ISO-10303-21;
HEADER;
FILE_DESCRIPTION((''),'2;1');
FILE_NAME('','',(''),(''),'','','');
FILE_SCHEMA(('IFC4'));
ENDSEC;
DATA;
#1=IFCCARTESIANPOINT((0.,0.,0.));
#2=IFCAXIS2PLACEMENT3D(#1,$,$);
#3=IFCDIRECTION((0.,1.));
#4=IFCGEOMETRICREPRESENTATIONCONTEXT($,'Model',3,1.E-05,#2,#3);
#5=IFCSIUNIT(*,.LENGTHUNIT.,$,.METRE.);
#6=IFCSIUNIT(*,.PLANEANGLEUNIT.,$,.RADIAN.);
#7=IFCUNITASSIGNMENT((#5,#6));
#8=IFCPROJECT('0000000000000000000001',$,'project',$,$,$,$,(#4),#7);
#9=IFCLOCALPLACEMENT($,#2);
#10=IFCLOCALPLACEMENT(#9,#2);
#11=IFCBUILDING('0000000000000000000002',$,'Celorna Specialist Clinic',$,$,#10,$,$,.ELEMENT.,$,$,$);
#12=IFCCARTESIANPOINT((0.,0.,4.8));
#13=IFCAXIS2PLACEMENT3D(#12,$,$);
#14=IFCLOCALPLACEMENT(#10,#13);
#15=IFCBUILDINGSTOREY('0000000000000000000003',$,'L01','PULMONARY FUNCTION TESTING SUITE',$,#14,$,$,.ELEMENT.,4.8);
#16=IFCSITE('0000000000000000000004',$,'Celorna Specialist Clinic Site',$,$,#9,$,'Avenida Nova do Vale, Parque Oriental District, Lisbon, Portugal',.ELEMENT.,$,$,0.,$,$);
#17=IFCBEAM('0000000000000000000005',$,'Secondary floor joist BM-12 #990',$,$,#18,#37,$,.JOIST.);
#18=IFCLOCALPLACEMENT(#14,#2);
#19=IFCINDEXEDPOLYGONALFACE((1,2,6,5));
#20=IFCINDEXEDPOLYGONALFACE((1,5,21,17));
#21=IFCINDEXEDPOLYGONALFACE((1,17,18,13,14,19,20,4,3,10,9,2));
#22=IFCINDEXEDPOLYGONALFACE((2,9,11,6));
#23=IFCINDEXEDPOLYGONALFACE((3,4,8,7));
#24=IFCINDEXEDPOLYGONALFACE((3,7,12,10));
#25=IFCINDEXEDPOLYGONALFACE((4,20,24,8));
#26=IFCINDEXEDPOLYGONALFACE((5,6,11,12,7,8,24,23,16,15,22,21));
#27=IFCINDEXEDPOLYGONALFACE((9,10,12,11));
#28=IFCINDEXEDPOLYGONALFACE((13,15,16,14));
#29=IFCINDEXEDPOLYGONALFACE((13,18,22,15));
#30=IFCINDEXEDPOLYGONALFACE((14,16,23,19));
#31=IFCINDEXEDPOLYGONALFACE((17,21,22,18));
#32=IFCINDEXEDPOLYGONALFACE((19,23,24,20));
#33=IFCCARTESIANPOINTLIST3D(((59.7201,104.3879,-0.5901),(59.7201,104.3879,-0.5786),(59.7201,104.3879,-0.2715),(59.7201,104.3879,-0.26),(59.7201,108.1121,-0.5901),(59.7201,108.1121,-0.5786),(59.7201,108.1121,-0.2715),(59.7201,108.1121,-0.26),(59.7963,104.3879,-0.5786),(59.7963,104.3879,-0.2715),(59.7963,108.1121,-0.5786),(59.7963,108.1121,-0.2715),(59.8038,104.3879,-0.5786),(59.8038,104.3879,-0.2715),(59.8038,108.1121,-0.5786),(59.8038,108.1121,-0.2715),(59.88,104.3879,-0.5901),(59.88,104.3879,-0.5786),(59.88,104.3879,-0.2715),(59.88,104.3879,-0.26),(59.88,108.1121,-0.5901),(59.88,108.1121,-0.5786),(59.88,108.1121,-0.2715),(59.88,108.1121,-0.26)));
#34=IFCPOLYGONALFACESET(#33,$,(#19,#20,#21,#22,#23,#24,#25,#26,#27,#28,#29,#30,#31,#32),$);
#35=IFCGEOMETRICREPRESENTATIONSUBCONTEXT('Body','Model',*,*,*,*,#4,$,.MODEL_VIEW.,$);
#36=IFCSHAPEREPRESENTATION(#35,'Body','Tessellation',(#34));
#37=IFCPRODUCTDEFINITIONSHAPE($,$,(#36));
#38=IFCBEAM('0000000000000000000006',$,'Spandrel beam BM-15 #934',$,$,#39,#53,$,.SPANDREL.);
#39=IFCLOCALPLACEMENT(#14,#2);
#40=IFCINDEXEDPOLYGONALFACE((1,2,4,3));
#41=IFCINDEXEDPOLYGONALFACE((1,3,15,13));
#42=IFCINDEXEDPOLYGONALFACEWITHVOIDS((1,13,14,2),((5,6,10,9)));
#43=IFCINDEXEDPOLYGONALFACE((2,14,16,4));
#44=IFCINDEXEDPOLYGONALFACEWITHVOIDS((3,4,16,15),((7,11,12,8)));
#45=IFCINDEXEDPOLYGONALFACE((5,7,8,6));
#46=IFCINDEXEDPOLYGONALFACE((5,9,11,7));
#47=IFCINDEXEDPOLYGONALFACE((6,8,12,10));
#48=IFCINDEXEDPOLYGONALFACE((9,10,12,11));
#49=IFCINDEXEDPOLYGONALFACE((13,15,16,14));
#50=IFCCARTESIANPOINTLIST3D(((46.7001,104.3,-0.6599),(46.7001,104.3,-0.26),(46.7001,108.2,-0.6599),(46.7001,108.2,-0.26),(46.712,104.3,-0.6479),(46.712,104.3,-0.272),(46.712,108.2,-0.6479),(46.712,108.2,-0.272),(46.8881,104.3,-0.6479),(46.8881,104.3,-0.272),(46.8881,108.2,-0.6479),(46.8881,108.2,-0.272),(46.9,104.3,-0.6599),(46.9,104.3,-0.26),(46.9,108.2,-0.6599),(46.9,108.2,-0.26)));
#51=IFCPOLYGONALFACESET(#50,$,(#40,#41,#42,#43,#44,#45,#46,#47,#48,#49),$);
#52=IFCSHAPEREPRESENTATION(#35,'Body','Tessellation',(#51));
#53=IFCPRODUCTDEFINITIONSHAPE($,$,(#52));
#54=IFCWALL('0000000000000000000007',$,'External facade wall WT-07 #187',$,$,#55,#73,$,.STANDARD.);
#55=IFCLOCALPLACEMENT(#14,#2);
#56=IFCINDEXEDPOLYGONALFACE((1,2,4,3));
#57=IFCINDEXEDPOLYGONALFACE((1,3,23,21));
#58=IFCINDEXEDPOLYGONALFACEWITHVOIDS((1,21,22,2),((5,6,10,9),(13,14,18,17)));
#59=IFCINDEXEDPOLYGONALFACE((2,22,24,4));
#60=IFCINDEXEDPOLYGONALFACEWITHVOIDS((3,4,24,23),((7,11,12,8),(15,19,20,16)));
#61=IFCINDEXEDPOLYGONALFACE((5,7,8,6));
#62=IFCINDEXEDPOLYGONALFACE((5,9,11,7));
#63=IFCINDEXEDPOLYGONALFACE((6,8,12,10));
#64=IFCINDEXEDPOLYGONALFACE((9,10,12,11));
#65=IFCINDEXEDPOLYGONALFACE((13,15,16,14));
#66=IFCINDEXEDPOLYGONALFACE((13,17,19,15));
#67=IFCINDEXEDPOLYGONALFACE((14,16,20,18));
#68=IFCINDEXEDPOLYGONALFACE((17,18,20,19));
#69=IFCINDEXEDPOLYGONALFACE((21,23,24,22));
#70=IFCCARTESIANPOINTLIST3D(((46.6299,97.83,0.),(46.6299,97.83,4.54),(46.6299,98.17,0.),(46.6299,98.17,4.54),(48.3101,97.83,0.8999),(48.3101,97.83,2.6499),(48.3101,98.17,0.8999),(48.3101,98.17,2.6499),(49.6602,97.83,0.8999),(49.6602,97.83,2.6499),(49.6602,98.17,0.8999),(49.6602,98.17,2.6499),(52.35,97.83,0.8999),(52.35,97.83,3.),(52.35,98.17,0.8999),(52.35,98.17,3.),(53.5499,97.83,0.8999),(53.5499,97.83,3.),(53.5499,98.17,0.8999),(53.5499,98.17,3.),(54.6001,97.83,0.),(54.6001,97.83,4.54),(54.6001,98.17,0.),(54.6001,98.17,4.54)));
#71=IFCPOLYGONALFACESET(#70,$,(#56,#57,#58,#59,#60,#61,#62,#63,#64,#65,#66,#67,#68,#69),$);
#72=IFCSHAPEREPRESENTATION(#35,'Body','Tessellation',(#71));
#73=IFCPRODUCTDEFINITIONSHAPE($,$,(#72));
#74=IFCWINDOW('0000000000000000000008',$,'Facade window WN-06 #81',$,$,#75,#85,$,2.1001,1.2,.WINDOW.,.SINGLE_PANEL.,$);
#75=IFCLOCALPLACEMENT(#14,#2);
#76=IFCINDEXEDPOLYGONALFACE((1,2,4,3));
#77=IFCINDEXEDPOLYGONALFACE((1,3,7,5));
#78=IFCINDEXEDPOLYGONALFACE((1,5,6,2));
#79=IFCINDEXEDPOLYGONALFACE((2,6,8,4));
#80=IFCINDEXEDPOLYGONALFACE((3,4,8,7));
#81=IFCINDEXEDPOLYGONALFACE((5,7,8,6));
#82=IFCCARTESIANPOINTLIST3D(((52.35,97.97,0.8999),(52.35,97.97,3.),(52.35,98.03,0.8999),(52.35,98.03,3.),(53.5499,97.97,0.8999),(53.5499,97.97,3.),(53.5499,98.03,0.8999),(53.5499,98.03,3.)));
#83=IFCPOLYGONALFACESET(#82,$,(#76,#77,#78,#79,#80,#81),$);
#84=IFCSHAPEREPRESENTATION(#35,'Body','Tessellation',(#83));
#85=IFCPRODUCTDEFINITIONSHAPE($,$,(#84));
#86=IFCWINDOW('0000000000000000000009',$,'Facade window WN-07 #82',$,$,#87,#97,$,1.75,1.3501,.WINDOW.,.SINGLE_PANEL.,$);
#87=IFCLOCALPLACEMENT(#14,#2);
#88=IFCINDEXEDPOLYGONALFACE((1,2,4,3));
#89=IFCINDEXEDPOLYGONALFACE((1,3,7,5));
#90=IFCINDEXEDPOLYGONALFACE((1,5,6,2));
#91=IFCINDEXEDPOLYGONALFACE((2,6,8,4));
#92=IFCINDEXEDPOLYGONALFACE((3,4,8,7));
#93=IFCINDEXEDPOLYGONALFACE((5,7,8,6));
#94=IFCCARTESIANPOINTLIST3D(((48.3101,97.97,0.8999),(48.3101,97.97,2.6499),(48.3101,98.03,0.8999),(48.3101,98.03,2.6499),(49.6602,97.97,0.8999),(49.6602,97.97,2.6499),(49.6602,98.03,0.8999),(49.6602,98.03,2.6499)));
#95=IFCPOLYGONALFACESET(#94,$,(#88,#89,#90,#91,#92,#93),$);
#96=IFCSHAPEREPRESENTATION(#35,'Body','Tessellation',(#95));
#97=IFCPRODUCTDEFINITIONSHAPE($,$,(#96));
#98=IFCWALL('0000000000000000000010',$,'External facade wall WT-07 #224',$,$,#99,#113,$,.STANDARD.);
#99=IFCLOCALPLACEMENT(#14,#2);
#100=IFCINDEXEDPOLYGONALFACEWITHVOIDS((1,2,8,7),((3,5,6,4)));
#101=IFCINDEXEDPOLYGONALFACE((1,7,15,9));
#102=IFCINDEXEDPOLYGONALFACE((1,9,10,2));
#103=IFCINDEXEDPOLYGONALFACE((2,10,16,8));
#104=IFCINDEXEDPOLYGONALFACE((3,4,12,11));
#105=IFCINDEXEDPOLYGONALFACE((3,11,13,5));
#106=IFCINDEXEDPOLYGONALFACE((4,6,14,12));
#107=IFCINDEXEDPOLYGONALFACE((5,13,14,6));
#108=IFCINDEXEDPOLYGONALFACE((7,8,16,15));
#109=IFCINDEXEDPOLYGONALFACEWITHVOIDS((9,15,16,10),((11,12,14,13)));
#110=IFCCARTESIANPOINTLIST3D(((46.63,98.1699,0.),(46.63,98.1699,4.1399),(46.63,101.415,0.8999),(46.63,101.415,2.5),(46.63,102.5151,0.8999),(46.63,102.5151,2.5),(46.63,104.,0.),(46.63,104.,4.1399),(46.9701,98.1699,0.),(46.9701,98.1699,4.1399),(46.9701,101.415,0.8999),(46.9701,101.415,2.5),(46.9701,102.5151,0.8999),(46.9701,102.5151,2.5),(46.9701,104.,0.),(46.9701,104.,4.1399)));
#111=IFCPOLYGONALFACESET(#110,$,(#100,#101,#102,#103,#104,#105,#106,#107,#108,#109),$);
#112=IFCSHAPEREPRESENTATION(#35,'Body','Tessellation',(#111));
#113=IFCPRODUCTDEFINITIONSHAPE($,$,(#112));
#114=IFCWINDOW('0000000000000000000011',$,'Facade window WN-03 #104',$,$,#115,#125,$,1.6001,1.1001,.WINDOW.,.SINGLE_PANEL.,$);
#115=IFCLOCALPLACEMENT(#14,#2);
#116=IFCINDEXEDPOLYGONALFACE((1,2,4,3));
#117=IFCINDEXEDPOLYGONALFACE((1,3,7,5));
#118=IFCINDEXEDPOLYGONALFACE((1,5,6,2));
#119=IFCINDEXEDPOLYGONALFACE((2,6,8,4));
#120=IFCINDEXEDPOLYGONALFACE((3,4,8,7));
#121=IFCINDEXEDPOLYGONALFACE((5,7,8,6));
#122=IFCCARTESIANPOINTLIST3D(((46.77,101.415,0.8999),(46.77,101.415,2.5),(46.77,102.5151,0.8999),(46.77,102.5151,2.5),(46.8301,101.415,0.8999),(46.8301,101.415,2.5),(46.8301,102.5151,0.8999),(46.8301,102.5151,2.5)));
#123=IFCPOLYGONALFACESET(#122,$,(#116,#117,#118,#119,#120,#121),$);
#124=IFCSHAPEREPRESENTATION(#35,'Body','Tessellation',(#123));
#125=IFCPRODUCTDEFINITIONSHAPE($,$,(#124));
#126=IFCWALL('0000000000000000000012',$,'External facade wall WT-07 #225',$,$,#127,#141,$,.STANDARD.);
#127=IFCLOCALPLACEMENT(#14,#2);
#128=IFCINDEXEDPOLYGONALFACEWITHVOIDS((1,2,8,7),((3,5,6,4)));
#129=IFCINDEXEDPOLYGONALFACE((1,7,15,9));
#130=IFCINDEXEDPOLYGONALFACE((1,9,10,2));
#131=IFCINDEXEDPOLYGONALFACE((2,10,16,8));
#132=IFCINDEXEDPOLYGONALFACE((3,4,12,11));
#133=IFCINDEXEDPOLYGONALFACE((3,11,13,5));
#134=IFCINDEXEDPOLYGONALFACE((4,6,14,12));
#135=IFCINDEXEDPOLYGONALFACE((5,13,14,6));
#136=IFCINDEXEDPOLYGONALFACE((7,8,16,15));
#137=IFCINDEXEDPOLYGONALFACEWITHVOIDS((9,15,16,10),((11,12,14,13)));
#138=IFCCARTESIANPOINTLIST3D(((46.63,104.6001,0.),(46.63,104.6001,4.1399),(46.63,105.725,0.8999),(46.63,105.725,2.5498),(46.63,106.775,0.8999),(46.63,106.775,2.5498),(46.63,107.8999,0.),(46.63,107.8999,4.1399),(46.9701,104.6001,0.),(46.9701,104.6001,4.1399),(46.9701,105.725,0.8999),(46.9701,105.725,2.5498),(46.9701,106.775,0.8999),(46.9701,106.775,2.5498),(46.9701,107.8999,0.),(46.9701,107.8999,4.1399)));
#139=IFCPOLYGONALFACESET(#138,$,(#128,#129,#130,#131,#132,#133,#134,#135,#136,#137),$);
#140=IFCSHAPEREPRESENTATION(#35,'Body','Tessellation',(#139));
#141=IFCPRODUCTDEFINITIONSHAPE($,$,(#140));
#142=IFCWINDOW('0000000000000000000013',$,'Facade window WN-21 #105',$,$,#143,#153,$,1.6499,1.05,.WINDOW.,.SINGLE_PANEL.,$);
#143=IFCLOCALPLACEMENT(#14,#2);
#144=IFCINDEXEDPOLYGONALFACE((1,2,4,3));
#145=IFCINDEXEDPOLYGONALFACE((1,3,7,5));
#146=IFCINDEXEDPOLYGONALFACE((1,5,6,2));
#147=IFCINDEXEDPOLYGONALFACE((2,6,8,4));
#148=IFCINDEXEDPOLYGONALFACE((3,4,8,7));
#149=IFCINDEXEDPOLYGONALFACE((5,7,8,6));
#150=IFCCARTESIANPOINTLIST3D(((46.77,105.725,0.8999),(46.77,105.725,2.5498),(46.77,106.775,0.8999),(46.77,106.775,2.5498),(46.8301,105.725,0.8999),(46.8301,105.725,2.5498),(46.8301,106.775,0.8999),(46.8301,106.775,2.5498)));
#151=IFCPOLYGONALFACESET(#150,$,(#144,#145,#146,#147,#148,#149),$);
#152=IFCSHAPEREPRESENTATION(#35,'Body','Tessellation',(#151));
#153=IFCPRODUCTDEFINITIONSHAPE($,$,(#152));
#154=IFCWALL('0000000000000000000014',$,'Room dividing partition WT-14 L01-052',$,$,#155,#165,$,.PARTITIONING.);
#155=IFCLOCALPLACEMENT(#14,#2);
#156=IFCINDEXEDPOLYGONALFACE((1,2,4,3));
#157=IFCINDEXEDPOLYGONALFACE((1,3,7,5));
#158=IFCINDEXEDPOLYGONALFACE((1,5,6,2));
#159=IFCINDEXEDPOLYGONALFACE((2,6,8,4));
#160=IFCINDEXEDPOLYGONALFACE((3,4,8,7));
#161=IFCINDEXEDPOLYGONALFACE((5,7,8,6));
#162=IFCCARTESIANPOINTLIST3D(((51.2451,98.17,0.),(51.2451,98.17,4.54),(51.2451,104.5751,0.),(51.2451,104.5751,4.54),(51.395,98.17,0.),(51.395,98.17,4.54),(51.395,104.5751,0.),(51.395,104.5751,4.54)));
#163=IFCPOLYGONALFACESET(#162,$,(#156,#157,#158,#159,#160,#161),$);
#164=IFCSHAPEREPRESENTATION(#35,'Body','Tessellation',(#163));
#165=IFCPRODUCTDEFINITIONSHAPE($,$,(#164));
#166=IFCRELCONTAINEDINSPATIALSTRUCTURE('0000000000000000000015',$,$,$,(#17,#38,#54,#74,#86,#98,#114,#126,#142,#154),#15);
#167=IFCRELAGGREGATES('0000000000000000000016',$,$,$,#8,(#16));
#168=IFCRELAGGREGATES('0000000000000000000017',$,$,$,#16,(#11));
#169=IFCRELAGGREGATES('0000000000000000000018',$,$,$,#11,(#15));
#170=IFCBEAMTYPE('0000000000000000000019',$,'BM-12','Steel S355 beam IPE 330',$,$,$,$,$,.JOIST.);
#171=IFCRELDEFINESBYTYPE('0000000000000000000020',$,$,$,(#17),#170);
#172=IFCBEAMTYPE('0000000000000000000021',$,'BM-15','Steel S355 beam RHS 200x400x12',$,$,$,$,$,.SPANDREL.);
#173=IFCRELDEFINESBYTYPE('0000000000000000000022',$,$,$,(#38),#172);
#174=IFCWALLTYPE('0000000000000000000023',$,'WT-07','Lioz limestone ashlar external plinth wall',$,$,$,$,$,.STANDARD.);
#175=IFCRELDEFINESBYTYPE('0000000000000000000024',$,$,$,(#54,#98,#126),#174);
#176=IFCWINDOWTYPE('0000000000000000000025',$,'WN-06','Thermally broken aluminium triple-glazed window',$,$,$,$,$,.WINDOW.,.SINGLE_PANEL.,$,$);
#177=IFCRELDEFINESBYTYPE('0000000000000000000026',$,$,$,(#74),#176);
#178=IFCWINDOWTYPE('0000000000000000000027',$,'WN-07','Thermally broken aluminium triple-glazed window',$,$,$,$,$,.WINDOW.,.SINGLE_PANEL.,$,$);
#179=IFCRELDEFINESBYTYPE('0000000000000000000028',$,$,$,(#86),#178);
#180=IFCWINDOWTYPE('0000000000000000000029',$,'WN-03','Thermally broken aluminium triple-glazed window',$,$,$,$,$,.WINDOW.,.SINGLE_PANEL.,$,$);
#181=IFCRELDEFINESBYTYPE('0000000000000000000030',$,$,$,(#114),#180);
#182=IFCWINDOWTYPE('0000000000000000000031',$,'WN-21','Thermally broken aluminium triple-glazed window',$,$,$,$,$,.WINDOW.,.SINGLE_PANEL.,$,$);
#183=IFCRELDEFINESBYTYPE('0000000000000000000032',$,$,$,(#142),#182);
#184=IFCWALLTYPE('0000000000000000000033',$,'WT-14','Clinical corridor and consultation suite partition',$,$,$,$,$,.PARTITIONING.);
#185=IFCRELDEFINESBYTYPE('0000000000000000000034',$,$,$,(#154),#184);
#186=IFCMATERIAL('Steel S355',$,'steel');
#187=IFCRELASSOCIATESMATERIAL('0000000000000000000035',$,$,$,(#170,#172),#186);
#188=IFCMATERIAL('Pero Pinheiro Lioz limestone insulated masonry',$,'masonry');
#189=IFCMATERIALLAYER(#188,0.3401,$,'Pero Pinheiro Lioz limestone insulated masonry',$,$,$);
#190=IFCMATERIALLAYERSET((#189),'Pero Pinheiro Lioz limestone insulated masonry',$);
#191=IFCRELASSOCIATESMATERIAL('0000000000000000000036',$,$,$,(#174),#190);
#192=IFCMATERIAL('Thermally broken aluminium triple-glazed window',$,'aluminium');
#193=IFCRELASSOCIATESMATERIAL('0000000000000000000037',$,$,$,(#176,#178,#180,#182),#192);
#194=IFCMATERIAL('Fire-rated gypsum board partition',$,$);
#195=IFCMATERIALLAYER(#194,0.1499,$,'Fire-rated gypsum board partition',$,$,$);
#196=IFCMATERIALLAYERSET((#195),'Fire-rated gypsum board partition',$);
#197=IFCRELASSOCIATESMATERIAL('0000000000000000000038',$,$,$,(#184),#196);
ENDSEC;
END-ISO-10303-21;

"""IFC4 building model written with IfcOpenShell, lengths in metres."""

from ifc_helpers import new_model, si_unit, direction, frame, frame_2d, origin, origin_2d, place, context, subcontext, project, spatial, rectangle, hollow_rectangle, i_section, extrude, material, layer, layer_set, material_profile, profile_set, type_object, element, fill, save


model = new_model("IFC4")

# Units and contexts
model_context = context("Model", 3, precision=1e-05, world=origin(), true_north=direction((0.0, 1.0)))
body_context = subcontext(model_context, "Body", "Model", "MODEL_VIEW")
ifc_project = project(units=[si_unit("LENGTHUNIT", "METRE"), si_unit("PLANEANGLEUNIT", "RADIAN")], contexts=[model_context])

# Site, building, storey
site_placement = place(None, origin())
site = spatial("IfcSite", under=ifc_project, at=site_placement, Name="Celorna Specialist Clinic Site", LongName="Avenida Nova do Vale, Parque Oriental District, Lisbon, Portugal", CompositionType="ELEMENT", RefElevation=0.0)
building_placement = place(site_placement, origin())
building = spatial("IfcBuilding", under=site, at=building_placement, Name="Celorna Specialist Clinic", CompositionType="ELEMENT")
storey_placement = place(building_placement, frame((0.0, 0.0, 4.8)))
storey = spatial("IfcBuildingStorey", under=building, at=storey_placement, Name="L01", Description="PULMONARY FUNCTION TESTING SUITE", CompositionType="ELEMENT", Elevation=4.8)

# Beams
ifc_material_1 = material(Name="Steel S355", Category="steel")
ifc_material_profile_1 = material_profile(ifc_material_1, i_section(OverallWidth=0.1599, OverallDepth=0.3301, WebThickness=0.0076, FlangeThickness=0.0115, at=origin_2d()), Name="IPE 330")
ifc_profile_set_1 = profile_set([ifc_material_profile_1], Name="Steel S355")
beam_type_1 = type_object("IfcBeamType", Name="BM-12", Description="Steel S355 beam IPE 330", PredefinedType="JOIST", material=ifc_profile_set_1)
for number, where, z_axis, x_axis, name in (
    (1, (59.8, 104.3879, -0.425), (0.0, 1.0, 0.0), (-1.0, 0.0, 0.0), "Secondary floor joist BM-12 #990"),
):
    element("IfcBeam", number, at=place(storey_placement, frame(where, z_axis=z_axis, x_axis=x_axis)), inside=storey, type_object=beam_type_1, Name=name, PredefinedType="JOIST", context=body_context, shape_type="SweptSolid", body=[
        extrude(i_section(OverallWidth=0.1599, OverallDepth=0.3301, WebThickness=0.0076, FlangeThickness=0.0115, at=origin_2d()), origin(), (0.0, 0.0, 1.0), 3.7241),
    ])
ifc_material_profile_2 = material_profile(ifc_material_1, hollow_rectangle(XDim=0.2, YDim=0.3999, WallThickness=0.012, at=origin_2d()), Name="RHS 200x400x12")
ifc_profile_set_2 = profile_set([ifc_material_profile_2], Name="Steel S355")
beam_type_2 = type_object("IfcBeamType", Name="BM-15", Description="Steel S355 beam RHS 200x400x12", PredefinedType="SPANDREL", material=ifc_profile_set_2)
beam_1_placement = place(storey_placement, frame((46.8, 104.3, -0.46), z_axis=(0.0, 1.0, 0.0), x_axis=(-1.0, 0.0, 0.0)))
element("IfcBeam", 2, at=beam_1_placement, inside=storey, type_object=beam_type_2, Name="Spandrel beam BM-15 #934", PredefinedType="SPANDREL", context=body_context, shape_type="SweptSolid", body=[
    extrude(hollow_rectangle(XDim=0.2, YDim=0.3999, WallThickness=0.012, at=origin_2d()), origin(), (0.0, 0.0, 1.0), 3.8999),
])

# Wall, openings, windows
ifc_material_2 = material(Name="Pero Pinheiro Lioz limestone insulated masonry", Category="masonry")
ifc_layer_1 = layer(ifc_material_2, 0.3401, Name="Pero Pinheiro Lioz limestone insulated masonry")
ifc_layer_set_1 = layer_set([ifc_layer_1], Name="Pero Pinheiro Lioz limestone insulated masonry")
wall_type_1 = type_object("IfcWallType", Name="WT-07", Description="Lioz limestone ashlar external plinth wall", PredefinedType="STANDARD", material=ifc_layer_set_1)
wall_1_placement = place(storey_placement, frame((54.6001, 98.0, 0.0), z_axis=(0.0, 0.0, 1.0), x_axis=(-1.0, 0.0, 0.0)))
wall_1 = element("IfcWall", 3, at=wall_1_placement, inside=storey, type_object=wall_type_1, Name="External facade wall WT-07 #187", PredefinedType="STANDARD", context=body_context, shape_type="SweptSolid", body=[
    extrude(rectangle(XDim=7.9702, YDim=0.3401, at=frame_2d((3.9851, 0.0))), origin(), (0.0, 0.0, 1.0), 4.54),
])
opening_1_placement = place(wall_1_placement, frame((1.05, 0.0, 0.8999)))
opening_1 = element("IfcOpeningElement", 4, at=opening_1_placement, cuts=wall_1, PredefinedType="OPENING", context=body_context, shape_type="SweptSolid", body=[
    extrude(rectangle(XDim=1.2, YDim=2.1001, at=frame_2d((0.6001, 1.05))), frame((0.0, 0.1799, 0.0), z_axis=(0.0, -1.0, 0.0), x_axis=(1.0, 0.0, 0.0)), (0.0, 0.0, 1.0), 0.3601),
])
opening_2_placement = place(wall_1_placement, frame((4.9399, 0.0, 0.8999)))
opening_2 = element("IfcOpeningElement", 5, at=opening_2_placement, cuts=wall_1, PredefinedType="OPENING", context=body_context, shape_type="SweptSolid", body=[
    extrude(rectangle(XDim=1.3501, YDim=1.75, at=frame_2d((0.675, 0.875))), frame((0.0, 0.1799, 0.0), z_axis=(0.0, -1.0, 0.0), x_axis=(1.0, 0.0, 0.0)), (0.0, 0.0, 1.0), 0.3601),
])
ifc_material_3 = material(Name="Thermally broken aluminium triple-glazed window", Category="aluminium")
window_type_1 = type_object("IfcWindowType", Name="WN-06", Description="Thermally broken aluminium triple-glazed window", PartitioningType="SINGLE_PANEL", PredefinedType="WINDOW", material=ifc_material_3)
window_1_placement = place(opening_1_placement, origin())
window_1 = element("IfcWindow", 6, at=window_1_placement, inside=storey, type_object=window_type_1, Name="Facade window WN-06 #81", OverallHeight=2.1001, OverallWidth=1.2, PartitioningType="SINGLE_PANEL", PredefinedType="WINDOW", context=body_context, shape_type="SweptSolid", body=[
    extrude(rectangle(XDim=1.2, YDim=2.1001, at=frame_2d((0.6001, 1.05))), frame((0.0, 0.03, 0.0), z_axis=(0.0, -1.0, 0.0), x_axis=(1.0, 0.0, 0.0)), (0.0, 0.0, 1.0), 0.0601),
])
fill(opening_1, window_1)
window_type_2 = type_object("IfcWindowType", Name="WN-07", Description="Thermally broken aluminium triple-glazed window", PartitioningType="SINGLE_PANEL", PredefinedType="WINDOW", material=ifc_material_3)
window_2_placement = place(opening_2_placement, origin())
window_2 = element("IfcWindow", 7, at=window_2_placement, inside=storey, type_object=window_type_2, Name="Facade window WN-07 #82", OverallHeight=1.75, OverallWidth=1.3501, PartitioningType="SINGLE_PANEL", PredefinedType="WINDOW", context=body_context, shape_type="SweptSolid", body=[
    extrude(rectangle(XDim=1.3501, YDim=1.75, at=frame_2d((0.675, 0.875))), frame((0.0, 0.03, 0.0), z_axis=(0.0, -1.0, 0.0), x_axis=(1.0, 0.0, 0.0)), (0.0, 0.0, 1.0), 0.0601),
])
fill(opening_2, window_2)

# Walls, openings, windows
wall_2_placement = place(storey_placement, frame((46.8, 98.1699, 0.0), z_axis=(0.0, 0.0, 1.0), x_axis=(0.0, 1.0, 0.0)))
wall_2 = element("IfcWall", 8, at=wall_2_placement, inside=storey, type_object=wall_type_1, Name="External facade wall WT-07 #224", PredefinedType="STANDARD", context=body_context, shape_type="SweptSolid", body=[
    extrude(rectangle(XDim=5.8301, YDim=0.3401, at=frame_2d((2.915, 0.0))), origin(), (0.0, 0.0, 1.0), 4.1399),
])
opening_3_placement = place(wall_2_placement, frame((3.2451, 0.0, 0.8999)))
opening_3 = element("IfcOpeningElement", 9, at=opening_3_placement, cuts=wall_2, PredefinedType="OPENING", context=body_context, shape_type="SweptSolid", body=[
    extrude(rectangle(XDim=1.1001, YDim=1.6001, at=frame_2d((0.55, 0.8))), frame((0.0, 0.1799, 0.0), z_axis=(0.0, -1.0, 0.0), x_axis=(1.0, 0.0, 0.0)), (0.0, 0.0, 1.0), 0.3601),
])
window_type_3 = type_object("IfcWindowType", Name="WN-03", Description="Thermally broken aluminium triple-glazed window", PartitioningType="SINGLE_PANEL", PredefinedType="WINDOW", material=ifc_material_3)
window_3_placement = place(opening_3_placement, origin())
window_3 = element("IfcWindow", 10, at=window_3_placement, inside=storey, type_object=window_type_3, Name="Facade window WN-03 #104", OverallHeight=1.6001, OverallWidth=1.1001, PartitioningType="SINGLE_PANEL", PredefinedType="WINDOW", context=body_context, shape_type="SweptSolid", body=[
    extrude(rectangle(XDim=1.1001, YDim=1.6001, at=frame_2d((0.55, 0.8))), frame((0.0, 0.03, 0.0), z_axis=(0.0, -1.0, 0.0), x_axis=(1.0, 0.0, 0.0)), (0.0, 0.0, 1.0), 0.0601),
])
fill(opening_3, window_3)
wall_3_placement = place(storey_placement, frame((46.8, 104.6001, 0.0), z_axis=(0.0, 0.0, 1.0), x_axis=(0.0, 1.0, 0.0)))
wall_3 = element("IfcWall", 11, at=wall_3_placement, inside=storey, type_object=wall_type_1, Name="External facade wall WT-07 #225", PredefinedType="STANDARD", context=body_context, shape_type="SweptSolid", body=[
    extrude(rectangle(XDim=3.2998, YDim=0.3401, at=frame_2d((1.6499, 0.0))), origin(), (0.0, 0.0, 1.0), 4.1399),
])
opening_4_placement = place(wall_3_placement, frame((1.125, 0.0, 0.8999)))
opening_4 = element("IfcOpeningElement", 12, at=opening_4_placement, cuts=wall_3, PredefinedType="OPENING", context=body_context, shape_type="SweptSolid", body=[
    extrude(rectangle(XDim=1.05, YDim=1.6499, at=frame_2d((0.5249, 0.825))), frame((0.0, 0.1799, 0.0), z_axis=(0.0, -1.0, 0.0), x_axis=(1.0, 0.0, 0.0)), (0.0, 0.0, 1.0), 0.3601),
])
window_type_4 = type_object("IfcWindowType", Name="WN-21", Description="Thermally broken aluminium triple-glazed window", PartitioningType="SINGLE_PANEL", PredefinedType="WINDOW", material=ifc_material_3)
window_4_placement = place(opening_4_placement, origin())
window_4 = element("IfcWindow", 13, at=window_4_placement, inside=storey, type_object=window_type_4, Name="Facade window WN-21 #105", OverallHeight=1.6499, OverallWidth=1.05, PartitioningType="SINGLE_PANEL", PredefinedType="WINDOW", context=body_context, shape_type="SweptSolid", body=[
    extrude(rectangle(XDim=1.05, YDim=1.6499, at=frame_2d((0.5249, 0.825))), frame((0.0, 0.03, 0.0), z_axis=(0.0, -1.0, 0.0), x_axis=(1.0, 0.0, 0.0)), (0.0, 0.0, 1.0), 0.0601),
])
fill(opening_4, window_4)

# Wall
ifc_material_4 = material(Name="Fire-rated gypsum board partition")
ifc_layer_2 = layer(ifc_material_4, 0.1499, Name="Fire-rated gypsum board partition")
ifc_layer_set_2 = layer_set([ifc_layer_2], Name="Fire-rated gypsum board partition")
wall_type_2 = type_object("IfcWallType", Name="WT-14", Description="Clinical corridor and consultation suite partition", PredefinedType="PARTITIONING", material=ifc_layer_set_2)
wall_4_placement = place(storey_placement, frame((51.3201, 98.1699, 0.0), z_axis=(0.0, 0.0, 1.0), x_axis=(0.0, 1.0, 0.0)))
element("IfcWall", 14, at=wall_4_placement, inside=storey, type_object=wall_type_2, Name="Room dividing partition WT-14 L01-052", PredefinedType="PARTITIONING", context=body_context, shape_type="SweptSolid", body=[
    extrude(rectangle(XDim=6.405, YDim=0.1499, at=frame_2d((3.2026, 0.0))), origin(), (0.0, 0.0, 1.0), 4.54),
])

save(model, "model.ifc")
